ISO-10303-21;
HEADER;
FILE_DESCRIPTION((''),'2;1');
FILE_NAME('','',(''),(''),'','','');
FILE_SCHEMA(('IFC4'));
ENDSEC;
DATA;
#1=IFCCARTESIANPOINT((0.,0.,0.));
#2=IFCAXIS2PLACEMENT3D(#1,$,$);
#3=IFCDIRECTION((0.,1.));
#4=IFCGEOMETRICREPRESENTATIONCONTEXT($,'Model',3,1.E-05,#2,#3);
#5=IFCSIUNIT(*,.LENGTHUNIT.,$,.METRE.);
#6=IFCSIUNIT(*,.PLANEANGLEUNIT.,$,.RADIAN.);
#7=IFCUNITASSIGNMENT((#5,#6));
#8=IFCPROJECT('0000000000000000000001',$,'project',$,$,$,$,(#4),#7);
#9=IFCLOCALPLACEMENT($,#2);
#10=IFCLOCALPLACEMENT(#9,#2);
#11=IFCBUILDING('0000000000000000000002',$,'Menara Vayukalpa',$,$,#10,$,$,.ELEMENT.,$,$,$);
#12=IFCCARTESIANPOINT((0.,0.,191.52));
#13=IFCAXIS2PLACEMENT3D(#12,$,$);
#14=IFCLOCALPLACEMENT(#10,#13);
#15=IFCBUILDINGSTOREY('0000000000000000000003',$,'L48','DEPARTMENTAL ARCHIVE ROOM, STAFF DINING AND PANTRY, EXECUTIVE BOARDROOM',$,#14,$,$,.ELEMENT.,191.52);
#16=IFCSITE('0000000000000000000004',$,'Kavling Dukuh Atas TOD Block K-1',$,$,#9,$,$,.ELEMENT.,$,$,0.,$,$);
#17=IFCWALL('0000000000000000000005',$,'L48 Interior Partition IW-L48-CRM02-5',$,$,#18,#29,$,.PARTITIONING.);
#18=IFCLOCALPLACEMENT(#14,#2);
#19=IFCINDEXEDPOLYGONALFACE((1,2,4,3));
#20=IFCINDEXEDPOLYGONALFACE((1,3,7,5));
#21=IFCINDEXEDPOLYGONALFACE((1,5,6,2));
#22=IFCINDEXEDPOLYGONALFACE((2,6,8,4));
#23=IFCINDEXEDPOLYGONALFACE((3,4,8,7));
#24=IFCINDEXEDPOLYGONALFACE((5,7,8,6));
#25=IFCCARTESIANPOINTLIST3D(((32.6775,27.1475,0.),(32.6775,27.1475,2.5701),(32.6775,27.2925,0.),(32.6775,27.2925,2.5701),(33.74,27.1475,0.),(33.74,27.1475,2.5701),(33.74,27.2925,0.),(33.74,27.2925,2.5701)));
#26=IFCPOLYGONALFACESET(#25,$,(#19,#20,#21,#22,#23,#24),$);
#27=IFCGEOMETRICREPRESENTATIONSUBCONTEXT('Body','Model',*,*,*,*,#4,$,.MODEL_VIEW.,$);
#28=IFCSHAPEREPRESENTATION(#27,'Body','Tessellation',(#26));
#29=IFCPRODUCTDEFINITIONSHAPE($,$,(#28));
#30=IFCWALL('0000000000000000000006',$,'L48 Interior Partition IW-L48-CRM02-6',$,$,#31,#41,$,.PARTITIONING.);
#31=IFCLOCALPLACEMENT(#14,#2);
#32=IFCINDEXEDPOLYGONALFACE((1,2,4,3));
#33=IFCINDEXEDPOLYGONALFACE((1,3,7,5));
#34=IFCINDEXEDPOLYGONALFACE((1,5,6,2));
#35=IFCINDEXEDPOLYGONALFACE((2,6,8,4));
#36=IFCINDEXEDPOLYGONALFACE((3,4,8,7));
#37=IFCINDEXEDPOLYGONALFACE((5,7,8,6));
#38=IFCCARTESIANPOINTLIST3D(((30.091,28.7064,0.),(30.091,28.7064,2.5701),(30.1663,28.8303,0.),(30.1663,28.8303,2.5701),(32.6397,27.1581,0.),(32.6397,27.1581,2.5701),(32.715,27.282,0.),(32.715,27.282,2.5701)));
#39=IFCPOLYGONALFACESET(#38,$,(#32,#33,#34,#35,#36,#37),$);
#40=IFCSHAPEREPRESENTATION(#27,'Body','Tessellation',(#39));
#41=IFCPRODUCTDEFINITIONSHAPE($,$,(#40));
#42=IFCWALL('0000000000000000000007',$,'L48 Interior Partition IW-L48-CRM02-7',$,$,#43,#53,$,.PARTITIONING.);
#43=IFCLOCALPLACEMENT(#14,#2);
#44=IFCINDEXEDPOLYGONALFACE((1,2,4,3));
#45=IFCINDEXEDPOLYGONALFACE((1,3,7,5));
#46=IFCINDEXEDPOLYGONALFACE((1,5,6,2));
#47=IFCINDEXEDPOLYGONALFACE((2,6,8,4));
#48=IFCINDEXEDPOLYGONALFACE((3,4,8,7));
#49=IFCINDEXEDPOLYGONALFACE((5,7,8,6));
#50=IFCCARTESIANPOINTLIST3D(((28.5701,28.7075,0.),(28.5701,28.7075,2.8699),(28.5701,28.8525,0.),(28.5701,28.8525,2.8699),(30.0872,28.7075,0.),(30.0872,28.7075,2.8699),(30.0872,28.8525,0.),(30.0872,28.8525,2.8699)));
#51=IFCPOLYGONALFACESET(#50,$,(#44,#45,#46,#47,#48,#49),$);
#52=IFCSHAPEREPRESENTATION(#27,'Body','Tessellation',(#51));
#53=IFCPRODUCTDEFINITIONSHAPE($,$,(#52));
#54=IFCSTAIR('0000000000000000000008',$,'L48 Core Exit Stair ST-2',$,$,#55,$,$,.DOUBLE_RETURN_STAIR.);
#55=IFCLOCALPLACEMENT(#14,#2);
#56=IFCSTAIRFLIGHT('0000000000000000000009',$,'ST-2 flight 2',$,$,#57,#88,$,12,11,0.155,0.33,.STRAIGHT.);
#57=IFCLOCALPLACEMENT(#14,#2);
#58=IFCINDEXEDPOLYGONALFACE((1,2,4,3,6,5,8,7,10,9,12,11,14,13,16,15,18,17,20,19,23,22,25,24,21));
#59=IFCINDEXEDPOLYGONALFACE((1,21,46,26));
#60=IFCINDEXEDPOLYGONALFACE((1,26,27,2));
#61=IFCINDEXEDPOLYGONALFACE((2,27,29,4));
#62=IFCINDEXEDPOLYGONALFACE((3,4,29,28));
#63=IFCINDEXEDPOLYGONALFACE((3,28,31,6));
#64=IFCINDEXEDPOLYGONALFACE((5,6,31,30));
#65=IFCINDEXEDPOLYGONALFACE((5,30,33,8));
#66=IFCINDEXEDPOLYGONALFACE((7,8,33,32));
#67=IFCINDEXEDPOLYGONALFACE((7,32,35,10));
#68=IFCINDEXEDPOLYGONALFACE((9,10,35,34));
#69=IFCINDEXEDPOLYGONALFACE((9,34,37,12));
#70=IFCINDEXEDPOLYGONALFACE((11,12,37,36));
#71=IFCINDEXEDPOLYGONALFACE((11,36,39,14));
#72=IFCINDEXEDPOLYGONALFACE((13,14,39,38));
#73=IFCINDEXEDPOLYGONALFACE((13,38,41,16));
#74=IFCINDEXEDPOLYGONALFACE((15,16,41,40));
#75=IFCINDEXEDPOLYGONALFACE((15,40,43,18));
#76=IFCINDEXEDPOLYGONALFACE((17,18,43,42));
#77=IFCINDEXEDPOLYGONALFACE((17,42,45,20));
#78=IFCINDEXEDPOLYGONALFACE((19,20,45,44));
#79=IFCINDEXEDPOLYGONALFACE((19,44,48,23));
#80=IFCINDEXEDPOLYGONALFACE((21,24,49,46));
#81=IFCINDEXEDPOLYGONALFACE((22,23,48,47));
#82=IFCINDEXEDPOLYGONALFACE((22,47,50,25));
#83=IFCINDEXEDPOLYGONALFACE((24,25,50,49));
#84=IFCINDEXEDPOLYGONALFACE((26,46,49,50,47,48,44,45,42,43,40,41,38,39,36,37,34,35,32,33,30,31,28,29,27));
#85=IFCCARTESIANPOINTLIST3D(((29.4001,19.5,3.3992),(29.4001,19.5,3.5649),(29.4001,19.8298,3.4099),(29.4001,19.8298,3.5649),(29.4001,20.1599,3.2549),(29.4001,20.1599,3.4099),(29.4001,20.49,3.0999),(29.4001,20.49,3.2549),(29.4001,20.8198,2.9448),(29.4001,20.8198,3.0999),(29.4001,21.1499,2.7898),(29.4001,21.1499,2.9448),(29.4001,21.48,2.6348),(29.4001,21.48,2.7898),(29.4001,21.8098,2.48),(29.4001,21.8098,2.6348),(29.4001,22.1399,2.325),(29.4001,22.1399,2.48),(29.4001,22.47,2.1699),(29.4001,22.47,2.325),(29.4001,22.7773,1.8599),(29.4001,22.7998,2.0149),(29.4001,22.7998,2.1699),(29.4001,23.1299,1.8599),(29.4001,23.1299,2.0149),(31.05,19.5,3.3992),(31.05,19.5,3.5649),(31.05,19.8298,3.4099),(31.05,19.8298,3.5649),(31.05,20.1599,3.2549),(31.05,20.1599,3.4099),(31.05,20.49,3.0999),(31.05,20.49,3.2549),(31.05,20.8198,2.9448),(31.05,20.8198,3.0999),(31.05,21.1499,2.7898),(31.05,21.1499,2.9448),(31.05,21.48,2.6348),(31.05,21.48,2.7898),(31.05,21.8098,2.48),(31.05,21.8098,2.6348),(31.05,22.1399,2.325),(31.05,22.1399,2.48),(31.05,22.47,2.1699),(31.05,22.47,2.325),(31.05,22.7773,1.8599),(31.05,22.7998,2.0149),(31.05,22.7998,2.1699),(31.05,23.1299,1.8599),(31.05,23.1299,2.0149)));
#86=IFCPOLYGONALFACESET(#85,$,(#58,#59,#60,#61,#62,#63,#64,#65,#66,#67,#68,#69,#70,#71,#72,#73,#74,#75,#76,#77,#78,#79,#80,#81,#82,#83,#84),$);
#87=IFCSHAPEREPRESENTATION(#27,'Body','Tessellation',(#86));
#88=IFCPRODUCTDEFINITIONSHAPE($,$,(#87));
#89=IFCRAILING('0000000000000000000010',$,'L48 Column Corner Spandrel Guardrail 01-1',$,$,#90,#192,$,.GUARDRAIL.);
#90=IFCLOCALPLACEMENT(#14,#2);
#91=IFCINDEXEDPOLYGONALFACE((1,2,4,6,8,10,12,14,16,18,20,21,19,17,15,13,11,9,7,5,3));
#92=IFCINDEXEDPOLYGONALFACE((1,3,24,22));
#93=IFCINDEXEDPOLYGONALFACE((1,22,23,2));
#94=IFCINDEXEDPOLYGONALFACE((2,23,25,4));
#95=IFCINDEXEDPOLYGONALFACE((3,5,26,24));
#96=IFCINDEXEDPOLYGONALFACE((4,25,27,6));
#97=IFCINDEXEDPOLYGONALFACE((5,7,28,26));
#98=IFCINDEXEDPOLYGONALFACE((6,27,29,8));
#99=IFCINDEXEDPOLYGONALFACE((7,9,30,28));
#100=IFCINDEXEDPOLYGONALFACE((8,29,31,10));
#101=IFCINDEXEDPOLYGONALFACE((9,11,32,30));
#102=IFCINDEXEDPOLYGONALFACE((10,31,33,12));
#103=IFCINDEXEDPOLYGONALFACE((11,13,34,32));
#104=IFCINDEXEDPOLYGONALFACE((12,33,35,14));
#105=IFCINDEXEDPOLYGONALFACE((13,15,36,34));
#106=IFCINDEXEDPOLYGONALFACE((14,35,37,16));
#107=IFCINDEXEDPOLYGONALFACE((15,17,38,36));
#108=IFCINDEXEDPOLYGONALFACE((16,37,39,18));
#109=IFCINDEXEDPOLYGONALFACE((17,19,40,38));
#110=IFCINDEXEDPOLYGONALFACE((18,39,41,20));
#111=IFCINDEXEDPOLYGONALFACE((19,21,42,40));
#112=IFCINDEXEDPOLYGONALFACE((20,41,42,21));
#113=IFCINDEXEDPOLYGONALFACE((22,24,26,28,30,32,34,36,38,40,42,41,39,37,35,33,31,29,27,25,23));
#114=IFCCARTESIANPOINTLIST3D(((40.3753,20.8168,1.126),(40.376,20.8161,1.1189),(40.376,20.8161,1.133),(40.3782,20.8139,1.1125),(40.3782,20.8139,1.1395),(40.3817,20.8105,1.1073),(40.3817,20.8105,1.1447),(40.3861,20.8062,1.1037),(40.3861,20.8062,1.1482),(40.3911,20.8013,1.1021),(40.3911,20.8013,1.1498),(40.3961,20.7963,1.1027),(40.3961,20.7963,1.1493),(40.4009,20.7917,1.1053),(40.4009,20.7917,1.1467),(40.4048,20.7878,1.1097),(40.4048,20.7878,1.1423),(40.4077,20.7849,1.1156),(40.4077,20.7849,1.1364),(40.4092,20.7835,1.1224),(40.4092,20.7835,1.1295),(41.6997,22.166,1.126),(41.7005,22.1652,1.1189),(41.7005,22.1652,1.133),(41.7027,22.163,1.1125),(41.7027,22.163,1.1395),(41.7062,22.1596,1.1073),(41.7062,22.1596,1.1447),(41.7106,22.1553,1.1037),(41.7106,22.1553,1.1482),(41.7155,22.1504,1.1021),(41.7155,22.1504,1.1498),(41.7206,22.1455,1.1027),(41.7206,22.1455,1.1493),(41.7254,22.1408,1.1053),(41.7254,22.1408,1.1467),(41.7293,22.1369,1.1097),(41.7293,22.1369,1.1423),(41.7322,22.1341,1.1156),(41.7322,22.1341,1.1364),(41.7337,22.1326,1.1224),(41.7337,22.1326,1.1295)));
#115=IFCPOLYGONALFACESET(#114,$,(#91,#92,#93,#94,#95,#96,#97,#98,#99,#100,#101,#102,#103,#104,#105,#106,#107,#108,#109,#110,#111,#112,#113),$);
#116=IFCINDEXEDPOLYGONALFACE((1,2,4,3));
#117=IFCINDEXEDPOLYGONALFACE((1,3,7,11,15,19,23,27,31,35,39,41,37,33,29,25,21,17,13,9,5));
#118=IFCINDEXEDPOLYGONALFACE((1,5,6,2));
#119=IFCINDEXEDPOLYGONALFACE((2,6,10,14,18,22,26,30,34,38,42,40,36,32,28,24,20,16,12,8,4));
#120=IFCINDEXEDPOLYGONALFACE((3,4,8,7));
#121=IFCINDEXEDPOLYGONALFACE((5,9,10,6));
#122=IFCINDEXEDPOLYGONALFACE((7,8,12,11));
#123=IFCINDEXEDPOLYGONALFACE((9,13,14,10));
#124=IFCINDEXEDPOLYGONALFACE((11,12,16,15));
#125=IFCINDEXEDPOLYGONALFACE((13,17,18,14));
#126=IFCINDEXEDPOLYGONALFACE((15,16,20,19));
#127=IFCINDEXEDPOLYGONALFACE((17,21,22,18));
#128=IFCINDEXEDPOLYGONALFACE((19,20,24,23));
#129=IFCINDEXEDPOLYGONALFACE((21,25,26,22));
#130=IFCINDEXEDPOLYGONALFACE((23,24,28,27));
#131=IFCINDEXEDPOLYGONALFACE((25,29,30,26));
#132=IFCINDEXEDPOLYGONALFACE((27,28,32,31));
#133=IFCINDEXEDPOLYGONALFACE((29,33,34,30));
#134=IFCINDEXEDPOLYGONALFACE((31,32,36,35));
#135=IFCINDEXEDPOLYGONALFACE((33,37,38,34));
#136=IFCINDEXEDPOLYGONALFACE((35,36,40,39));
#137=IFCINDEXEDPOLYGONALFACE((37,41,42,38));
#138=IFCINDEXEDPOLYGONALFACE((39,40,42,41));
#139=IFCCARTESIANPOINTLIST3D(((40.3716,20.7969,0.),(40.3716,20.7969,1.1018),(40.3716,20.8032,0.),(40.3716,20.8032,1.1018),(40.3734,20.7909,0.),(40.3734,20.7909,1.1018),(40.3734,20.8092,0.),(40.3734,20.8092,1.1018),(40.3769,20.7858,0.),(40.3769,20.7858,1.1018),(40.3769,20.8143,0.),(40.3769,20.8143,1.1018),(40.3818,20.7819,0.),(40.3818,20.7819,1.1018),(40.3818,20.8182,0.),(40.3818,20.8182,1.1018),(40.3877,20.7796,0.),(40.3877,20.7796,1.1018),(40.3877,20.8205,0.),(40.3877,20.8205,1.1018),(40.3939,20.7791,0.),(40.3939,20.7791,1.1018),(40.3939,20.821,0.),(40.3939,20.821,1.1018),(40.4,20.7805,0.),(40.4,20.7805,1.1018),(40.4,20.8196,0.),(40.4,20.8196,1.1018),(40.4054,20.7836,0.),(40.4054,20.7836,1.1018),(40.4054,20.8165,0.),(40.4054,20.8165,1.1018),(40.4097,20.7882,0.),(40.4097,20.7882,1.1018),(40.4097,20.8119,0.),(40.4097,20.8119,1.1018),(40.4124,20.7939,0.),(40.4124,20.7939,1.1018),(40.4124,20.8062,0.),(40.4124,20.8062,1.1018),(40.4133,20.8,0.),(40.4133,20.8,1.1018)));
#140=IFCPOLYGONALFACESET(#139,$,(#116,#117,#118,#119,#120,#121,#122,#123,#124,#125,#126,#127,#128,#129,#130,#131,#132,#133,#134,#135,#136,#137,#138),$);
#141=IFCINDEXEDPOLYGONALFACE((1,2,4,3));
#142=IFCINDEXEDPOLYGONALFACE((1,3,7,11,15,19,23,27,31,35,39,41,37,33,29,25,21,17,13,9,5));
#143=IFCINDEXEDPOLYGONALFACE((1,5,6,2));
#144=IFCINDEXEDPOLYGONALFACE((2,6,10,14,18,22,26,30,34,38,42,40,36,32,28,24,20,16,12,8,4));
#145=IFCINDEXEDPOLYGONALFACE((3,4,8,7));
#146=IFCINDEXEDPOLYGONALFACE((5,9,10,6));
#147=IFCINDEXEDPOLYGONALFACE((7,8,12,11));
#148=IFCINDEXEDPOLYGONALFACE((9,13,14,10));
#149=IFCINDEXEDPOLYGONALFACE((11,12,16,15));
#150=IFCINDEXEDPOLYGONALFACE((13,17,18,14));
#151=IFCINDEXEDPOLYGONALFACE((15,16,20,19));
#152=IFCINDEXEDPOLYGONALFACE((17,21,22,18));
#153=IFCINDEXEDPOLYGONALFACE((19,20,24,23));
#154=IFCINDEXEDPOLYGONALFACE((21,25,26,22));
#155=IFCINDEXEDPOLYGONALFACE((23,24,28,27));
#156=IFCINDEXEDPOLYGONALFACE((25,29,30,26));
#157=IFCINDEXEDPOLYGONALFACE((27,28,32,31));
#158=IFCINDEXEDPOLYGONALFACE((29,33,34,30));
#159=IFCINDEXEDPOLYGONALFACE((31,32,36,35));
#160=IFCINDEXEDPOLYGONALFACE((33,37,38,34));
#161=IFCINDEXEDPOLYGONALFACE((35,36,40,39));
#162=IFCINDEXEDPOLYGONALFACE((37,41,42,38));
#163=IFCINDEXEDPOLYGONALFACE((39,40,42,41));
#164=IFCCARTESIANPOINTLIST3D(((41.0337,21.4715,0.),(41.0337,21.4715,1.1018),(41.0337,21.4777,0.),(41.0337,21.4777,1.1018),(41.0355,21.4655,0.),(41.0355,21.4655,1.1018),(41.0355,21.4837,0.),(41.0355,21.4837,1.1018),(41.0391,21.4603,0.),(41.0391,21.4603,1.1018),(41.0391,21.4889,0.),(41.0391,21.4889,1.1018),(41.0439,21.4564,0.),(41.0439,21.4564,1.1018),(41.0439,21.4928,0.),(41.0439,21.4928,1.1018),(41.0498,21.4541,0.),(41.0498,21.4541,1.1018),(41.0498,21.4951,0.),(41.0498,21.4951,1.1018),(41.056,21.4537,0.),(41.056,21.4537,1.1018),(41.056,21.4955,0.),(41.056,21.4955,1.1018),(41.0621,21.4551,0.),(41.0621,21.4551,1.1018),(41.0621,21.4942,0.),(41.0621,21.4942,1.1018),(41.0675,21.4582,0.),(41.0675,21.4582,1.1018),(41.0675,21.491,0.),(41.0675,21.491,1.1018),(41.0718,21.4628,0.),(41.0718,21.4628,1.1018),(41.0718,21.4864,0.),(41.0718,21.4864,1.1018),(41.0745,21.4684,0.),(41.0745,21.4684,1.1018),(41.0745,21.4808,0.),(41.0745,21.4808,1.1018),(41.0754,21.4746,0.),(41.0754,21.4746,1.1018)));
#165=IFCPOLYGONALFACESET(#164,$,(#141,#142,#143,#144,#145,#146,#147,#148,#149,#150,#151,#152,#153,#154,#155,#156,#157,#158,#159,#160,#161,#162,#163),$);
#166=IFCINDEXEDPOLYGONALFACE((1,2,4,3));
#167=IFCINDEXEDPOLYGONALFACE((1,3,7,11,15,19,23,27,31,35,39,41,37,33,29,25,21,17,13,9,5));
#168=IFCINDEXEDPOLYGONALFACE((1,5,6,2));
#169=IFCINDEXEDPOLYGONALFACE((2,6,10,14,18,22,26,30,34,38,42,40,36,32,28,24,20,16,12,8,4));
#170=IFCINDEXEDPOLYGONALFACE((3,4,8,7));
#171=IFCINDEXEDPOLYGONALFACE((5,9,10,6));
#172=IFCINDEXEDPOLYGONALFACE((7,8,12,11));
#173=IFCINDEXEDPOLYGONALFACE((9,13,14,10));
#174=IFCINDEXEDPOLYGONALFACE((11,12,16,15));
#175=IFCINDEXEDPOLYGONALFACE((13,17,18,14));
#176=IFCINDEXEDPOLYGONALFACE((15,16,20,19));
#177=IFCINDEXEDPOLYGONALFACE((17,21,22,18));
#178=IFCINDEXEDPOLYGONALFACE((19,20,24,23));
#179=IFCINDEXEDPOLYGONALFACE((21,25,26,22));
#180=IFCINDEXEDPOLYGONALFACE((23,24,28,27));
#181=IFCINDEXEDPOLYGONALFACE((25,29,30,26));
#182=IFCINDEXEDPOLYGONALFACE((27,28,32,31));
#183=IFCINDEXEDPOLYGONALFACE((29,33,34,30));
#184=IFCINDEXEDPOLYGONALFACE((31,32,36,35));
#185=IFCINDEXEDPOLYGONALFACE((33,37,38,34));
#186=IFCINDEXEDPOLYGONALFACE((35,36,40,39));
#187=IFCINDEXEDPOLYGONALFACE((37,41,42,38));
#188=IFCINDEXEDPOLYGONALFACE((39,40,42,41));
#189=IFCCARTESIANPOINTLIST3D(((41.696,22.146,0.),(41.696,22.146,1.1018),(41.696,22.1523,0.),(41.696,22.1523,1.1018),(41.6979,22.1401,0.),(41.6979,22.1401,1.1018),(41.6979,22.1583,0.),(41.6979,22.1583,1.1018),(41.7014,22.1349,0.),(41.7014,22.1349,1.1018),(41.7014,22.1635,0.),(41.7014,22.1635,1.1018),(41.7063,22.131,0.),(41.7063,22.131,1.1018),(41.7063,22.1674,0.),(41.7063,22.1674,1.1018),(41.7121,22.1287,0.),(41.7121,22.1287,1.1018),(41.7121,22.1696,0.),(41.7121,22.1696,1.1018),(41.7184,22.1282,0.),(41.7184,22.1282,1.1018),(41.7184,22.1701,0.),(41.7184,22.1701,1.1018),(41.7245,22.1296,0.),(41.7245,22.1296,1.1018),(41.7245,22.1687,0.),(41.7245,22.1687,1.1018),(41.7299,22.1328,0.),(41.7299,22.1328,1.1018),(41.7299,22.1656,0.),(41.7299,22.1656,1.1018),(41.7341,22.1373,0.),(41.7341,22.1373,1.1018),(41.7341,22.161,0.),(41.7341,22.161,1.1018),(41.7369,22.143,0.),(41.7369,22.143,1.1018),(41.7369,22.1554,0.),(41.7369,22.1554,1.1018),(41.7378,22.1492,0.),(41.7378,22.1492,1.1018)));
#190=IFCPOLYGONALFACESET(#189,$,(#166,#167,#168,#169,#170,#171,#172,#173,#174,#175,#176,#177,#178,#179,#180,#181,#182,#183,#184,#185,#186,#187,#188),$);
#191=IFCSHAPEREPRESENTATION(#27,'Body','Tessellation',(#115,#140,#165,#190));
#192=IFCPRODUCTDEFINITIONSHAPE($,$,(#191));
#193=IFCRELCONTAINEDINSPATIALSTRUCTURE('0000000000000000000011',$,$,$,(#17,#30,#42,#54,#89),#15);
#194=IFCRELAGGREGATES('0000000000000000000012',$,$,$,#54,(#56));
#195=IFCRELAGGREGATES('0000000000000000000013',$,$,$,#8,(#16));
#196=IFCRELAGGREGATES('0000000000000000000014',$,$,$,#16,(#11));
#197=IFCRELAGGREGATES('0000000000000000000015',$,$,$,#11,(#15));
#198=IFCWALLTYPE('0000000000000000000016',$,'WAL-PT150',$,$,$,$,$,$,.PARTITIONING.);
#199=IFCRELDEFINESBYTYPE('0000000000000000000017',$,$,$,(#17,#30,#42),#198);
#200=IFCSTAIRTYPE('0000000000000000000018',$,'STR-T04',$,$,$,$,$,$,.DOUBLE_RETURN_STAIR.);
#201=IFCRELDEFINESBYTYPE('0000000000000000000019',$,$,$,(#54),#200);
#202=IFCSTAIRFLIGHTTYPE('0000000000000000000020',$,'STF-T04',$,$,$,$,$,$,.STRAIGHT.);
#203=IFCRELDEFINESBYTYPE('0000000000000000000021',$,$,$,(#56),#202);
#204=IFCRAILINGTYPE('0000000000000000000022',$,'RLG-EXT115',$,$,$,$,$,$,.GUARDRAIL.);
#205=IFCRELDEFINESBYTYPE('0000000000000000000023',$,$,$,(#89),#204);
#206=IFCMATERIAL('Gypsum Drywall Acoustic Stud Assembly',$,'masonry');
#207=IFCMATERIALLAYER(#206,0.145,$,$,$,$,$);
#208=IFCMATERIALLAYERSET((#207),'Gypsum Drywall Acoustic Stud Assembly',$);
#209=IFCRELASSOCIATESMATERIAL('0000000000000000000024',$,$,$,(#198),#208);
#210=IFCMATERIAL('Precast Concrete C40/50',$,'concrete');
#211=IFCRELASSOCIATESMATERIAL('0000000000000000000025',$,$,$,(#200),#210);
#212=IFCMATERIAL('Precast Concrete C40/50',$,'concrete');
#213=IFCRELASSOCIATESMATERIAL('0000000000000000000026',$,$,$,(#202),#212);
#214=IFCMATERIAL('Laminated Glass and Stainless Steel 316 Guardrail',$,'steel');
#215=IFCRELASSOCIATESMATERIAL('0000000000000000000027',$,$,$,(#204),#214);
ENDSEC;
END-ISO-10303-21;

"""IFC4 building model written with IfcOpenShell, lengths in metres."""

from ifc_helpers import new_model, si_unit, direction, frame, frame_2d, origin, origin_2d, place, context, subcontext, project, spatial, polyline, rectangle, circle, outline, extrude, material, layer, layer_set, type_object, element, aggregate, save


model = new_model("IFC4")

# Units and contexts
model_context = context("Model", 3, precision=1e-05, world=origin(), true_north=direction((0.0, 1.0)))
body_context = subcontext(model_context, "Body", "Model", "MODEL_VIEW")
ifc_project = project(units=[si_unit("LENGTHUNIT", "METRE"), si_unit("PLANEANGLEUNIT", "RADIAN")], contexts=[model_context])

# Site, building, storey
site_placement = place(None, origin())
site = spatial("IfcSite", under=ifc_project, at=site_placement, Name="Kavling Dukuh Atas TOD Block K-1", CompositionType="ELEMENT", RefElevation=0.0)
building_placement = place(site_placement, origin())
building = spatial("IfcBuilding", under=site, at=building_placement, Name="Menara Vayukalpa", CompositionType="ELEMENT")
storey_placement = place(building_placement, frame((0.0, 0.0, 191.52)))
storey = spatial("IfcBuildingStorey", under=building, at=storey_placement, Name="L48", Description="DEPARTMENTAL ARCHIVE ROOM, STAFF DINING AND PANTRY, EXECUTIVE BOARDROOM", CompositionType="ELEMENT", Elevation=191.52)

# Walls
ifc_material_1 = material(Name="Gypsum Drywall Acoustic Stud Assembly", Category="masonry")
ifc_layer_1 = layer(ifc_material_1, 0.145)
ifc_layer_set_1 = layer_set([ifc_layer_1], Name="Gypsum Drywall Acoustic Stud Assembly")
wall_type_1 = type_object("IfcWallType", Name="WAL-PT150", PredefinedType="PARTITIONING", material=ifc_layer_set_1)
wall_1_placement = place(storey_placement, frame((33.74, 27.22, 0.0), z_axis=(0.0, 0.0, 1.0), x_axis=(-1.0, 0.0, 0.0)))
element("IfcWall", 1, at=wall_1_placement, inside=storey, type_object=wall_type_1, Name="L48 Interior Partition IW-L48-CRM02-5", PredefinedType="PARTITIONING", context=body_context, shape_type="SweptSolid", body=[
    extrude(rectangle(XDim=1.0625, YDim=0.145, at=frame_2d((0.5312, 0.0))), origin(), (0.0, 0.0, 1.0), 2.5701),
])
wall_2_placement = place(storey_placement, frame((32.6775, 27.22, 0.0), z_axis=(0.0, 0.0, 1.0), x_axis=(-0.854663, 0.519183, 0.0)))
element("IfcWall", 2, at=wall_2_placement, inside=storey, type_object=wall_type_1, Name="L48 Interior Partition IW-L48-CRM02-6", PredefinedType="PARTITIONING", context=body_context, shape_type="SweptSolid", body=[
    extrude(rectangle(XDim=2.9822, YDim=0.145, at=frame_2d((1.4912, 0.0))), origin(), (0.0, 0.0, 1.0), 2.5701),
])
wall_3_placement = place(storey_placement, frame((30.0872, 28.78, 0.0), z_axis=(0.0, 0.0, 1.0), x_axis=(-1.0, 0.0, 0.0)))
element("IfcWall", 3, at=wall_3_placement, inside=storey, type_object=wall_type_1, Name="L48 Interior Partition IW-L48-CRM02-7", PredefinedType="PARTITIONING", context=body_context, shape_type="SweptSolid", body=[
    extrude(rectangle(XDim=1.5171, YDim=0.145, at=frame_2d((0.7585, 0.0))), origin(), (0.0, 0.0, 1.0), 2.8699),
])

# Stair, stair flight
ifc_material_2 = material(Name="Precast Concrete C40/50", Category="concrete")
stair_type = type_object("IfcStairType", Name="STR-T04", PredefinedType="DOUBLE_RETURN_STAIR", material=ifc_material_2)
stair_placement = place(storey_placement, origin())
stair = element("IfcStair", 4, at=stair_placement, inside=storey, type_object=stair_type, Name="L48 Core Exit Stair ST-2", PredefinedType="DOUBLE_RETURN_STAIR")
ifc_material_3 = material(Name="Precast Concrete C40/50", Category="concrete")
stair_flight_type = type_object("IfcStairFlightType", Name="STF-T04", PredefinedType="STRAIGHT", material=ifc_material_3)
stair_flight_placement = place(storey_placement, frame((30.2251, 23.1299, 1.8599), z_axis=(0.0, 0.0, 1.0), x_axis=(0.0, -1.0, 0.0)))
stair_flight = element("IfcStairFlight", 5, at=stair_flight_placement, type_object=stair_flight_type, Name="ST-2 flight 2", NumberOfRisers=12, NumberOfTreads=11, PredefinedType="STRAIGHT", RiserHeight=0.155, TreadLength=0.33, context=body_context, shape_type="SweptSolid", body=[
    extrude(outline(polyline([(0.0, 0.0), (0.0, 0.155), (0.3301, 0.155), (0.3301, 0.3101), (0.6599, 0.3101), (0.6599, 0.4651), (0.99, 0.4651), (0.99, 0.6201), (1.3201, 0.6201), (1.3201, 0.7749), (1.6499, 0.7749), (1.6499, 0.9299), (1.98, 0.9299), (1.98, 1.085), (2.3101, 1.085), (2.3101, 1.24), (2.6399, 1.24), (2.6399, 1.395), (2.97, 1.395), (2.97, 1.55), (3.3, 1.55), (3.3, 1.7051), (3.6299, 1.7051), (3.6299, 1.8601), (3.6299, 1.5393), (0.3525, 0.0), (0.0, 0.0)])), frame((0.0, 0.825, 0.0), z_axis=(0.0, -1.0, 0.0), x_axis=(1.0, 0.0, 0.0)), (0.0, 0.0, 1.0), 1.6499),
])
aggregate(stair, [stair_flight])

# Railing
ifc_material_4 = material(Name="Laminated Glass and Stainless Steel 316 Guardrail", Category="steel")
railing_type_1 = type_object("IfcRailingType", Name="RLG-EXT115", PredefinedType="GUARDRAIL", material=ifc_material_4)
railing_1_placement = place(storey_placement, frame((40.3923, 20.8, 0.0)))
element("IfcRailing", 6, at=railing_1_placement, inside=storey, type_object=railing_type_1, Name="L48 Column Corner Spandrel Guardrail 01-1", PredefinedType="GUARDRAIL", context=body_context, shape_type="SweptSolid", body=[
    extrude(circle(Radius=0.0239, at=origin_2d()), frame((0.0, 0.0, 1.126), z_axis=(0.700555, 0.713598, 0.0), x_axis=(-0.713598, 0.700555, 0.0)), (0.0, 0.0, 1.0), 1.8906),
    extrude(circle(Radius=0.021, at=origin_2d()), origin(), (0.0, 0.0, 1.0), 1.1018),
    extrude(circle(Radius=0.021, at=origin_2d()), frame((0.6621, 0.6746, 0.0)), (0.0, 0.0, 1.0), 1.1018),
    extrude(circle(Radius=0.021, at=origin_2d()), frame((1.3245, 1.3491, 0.0)), (0.0, 0.0, 1.0), 1.1018),
])

save(model, "model.ifc")
